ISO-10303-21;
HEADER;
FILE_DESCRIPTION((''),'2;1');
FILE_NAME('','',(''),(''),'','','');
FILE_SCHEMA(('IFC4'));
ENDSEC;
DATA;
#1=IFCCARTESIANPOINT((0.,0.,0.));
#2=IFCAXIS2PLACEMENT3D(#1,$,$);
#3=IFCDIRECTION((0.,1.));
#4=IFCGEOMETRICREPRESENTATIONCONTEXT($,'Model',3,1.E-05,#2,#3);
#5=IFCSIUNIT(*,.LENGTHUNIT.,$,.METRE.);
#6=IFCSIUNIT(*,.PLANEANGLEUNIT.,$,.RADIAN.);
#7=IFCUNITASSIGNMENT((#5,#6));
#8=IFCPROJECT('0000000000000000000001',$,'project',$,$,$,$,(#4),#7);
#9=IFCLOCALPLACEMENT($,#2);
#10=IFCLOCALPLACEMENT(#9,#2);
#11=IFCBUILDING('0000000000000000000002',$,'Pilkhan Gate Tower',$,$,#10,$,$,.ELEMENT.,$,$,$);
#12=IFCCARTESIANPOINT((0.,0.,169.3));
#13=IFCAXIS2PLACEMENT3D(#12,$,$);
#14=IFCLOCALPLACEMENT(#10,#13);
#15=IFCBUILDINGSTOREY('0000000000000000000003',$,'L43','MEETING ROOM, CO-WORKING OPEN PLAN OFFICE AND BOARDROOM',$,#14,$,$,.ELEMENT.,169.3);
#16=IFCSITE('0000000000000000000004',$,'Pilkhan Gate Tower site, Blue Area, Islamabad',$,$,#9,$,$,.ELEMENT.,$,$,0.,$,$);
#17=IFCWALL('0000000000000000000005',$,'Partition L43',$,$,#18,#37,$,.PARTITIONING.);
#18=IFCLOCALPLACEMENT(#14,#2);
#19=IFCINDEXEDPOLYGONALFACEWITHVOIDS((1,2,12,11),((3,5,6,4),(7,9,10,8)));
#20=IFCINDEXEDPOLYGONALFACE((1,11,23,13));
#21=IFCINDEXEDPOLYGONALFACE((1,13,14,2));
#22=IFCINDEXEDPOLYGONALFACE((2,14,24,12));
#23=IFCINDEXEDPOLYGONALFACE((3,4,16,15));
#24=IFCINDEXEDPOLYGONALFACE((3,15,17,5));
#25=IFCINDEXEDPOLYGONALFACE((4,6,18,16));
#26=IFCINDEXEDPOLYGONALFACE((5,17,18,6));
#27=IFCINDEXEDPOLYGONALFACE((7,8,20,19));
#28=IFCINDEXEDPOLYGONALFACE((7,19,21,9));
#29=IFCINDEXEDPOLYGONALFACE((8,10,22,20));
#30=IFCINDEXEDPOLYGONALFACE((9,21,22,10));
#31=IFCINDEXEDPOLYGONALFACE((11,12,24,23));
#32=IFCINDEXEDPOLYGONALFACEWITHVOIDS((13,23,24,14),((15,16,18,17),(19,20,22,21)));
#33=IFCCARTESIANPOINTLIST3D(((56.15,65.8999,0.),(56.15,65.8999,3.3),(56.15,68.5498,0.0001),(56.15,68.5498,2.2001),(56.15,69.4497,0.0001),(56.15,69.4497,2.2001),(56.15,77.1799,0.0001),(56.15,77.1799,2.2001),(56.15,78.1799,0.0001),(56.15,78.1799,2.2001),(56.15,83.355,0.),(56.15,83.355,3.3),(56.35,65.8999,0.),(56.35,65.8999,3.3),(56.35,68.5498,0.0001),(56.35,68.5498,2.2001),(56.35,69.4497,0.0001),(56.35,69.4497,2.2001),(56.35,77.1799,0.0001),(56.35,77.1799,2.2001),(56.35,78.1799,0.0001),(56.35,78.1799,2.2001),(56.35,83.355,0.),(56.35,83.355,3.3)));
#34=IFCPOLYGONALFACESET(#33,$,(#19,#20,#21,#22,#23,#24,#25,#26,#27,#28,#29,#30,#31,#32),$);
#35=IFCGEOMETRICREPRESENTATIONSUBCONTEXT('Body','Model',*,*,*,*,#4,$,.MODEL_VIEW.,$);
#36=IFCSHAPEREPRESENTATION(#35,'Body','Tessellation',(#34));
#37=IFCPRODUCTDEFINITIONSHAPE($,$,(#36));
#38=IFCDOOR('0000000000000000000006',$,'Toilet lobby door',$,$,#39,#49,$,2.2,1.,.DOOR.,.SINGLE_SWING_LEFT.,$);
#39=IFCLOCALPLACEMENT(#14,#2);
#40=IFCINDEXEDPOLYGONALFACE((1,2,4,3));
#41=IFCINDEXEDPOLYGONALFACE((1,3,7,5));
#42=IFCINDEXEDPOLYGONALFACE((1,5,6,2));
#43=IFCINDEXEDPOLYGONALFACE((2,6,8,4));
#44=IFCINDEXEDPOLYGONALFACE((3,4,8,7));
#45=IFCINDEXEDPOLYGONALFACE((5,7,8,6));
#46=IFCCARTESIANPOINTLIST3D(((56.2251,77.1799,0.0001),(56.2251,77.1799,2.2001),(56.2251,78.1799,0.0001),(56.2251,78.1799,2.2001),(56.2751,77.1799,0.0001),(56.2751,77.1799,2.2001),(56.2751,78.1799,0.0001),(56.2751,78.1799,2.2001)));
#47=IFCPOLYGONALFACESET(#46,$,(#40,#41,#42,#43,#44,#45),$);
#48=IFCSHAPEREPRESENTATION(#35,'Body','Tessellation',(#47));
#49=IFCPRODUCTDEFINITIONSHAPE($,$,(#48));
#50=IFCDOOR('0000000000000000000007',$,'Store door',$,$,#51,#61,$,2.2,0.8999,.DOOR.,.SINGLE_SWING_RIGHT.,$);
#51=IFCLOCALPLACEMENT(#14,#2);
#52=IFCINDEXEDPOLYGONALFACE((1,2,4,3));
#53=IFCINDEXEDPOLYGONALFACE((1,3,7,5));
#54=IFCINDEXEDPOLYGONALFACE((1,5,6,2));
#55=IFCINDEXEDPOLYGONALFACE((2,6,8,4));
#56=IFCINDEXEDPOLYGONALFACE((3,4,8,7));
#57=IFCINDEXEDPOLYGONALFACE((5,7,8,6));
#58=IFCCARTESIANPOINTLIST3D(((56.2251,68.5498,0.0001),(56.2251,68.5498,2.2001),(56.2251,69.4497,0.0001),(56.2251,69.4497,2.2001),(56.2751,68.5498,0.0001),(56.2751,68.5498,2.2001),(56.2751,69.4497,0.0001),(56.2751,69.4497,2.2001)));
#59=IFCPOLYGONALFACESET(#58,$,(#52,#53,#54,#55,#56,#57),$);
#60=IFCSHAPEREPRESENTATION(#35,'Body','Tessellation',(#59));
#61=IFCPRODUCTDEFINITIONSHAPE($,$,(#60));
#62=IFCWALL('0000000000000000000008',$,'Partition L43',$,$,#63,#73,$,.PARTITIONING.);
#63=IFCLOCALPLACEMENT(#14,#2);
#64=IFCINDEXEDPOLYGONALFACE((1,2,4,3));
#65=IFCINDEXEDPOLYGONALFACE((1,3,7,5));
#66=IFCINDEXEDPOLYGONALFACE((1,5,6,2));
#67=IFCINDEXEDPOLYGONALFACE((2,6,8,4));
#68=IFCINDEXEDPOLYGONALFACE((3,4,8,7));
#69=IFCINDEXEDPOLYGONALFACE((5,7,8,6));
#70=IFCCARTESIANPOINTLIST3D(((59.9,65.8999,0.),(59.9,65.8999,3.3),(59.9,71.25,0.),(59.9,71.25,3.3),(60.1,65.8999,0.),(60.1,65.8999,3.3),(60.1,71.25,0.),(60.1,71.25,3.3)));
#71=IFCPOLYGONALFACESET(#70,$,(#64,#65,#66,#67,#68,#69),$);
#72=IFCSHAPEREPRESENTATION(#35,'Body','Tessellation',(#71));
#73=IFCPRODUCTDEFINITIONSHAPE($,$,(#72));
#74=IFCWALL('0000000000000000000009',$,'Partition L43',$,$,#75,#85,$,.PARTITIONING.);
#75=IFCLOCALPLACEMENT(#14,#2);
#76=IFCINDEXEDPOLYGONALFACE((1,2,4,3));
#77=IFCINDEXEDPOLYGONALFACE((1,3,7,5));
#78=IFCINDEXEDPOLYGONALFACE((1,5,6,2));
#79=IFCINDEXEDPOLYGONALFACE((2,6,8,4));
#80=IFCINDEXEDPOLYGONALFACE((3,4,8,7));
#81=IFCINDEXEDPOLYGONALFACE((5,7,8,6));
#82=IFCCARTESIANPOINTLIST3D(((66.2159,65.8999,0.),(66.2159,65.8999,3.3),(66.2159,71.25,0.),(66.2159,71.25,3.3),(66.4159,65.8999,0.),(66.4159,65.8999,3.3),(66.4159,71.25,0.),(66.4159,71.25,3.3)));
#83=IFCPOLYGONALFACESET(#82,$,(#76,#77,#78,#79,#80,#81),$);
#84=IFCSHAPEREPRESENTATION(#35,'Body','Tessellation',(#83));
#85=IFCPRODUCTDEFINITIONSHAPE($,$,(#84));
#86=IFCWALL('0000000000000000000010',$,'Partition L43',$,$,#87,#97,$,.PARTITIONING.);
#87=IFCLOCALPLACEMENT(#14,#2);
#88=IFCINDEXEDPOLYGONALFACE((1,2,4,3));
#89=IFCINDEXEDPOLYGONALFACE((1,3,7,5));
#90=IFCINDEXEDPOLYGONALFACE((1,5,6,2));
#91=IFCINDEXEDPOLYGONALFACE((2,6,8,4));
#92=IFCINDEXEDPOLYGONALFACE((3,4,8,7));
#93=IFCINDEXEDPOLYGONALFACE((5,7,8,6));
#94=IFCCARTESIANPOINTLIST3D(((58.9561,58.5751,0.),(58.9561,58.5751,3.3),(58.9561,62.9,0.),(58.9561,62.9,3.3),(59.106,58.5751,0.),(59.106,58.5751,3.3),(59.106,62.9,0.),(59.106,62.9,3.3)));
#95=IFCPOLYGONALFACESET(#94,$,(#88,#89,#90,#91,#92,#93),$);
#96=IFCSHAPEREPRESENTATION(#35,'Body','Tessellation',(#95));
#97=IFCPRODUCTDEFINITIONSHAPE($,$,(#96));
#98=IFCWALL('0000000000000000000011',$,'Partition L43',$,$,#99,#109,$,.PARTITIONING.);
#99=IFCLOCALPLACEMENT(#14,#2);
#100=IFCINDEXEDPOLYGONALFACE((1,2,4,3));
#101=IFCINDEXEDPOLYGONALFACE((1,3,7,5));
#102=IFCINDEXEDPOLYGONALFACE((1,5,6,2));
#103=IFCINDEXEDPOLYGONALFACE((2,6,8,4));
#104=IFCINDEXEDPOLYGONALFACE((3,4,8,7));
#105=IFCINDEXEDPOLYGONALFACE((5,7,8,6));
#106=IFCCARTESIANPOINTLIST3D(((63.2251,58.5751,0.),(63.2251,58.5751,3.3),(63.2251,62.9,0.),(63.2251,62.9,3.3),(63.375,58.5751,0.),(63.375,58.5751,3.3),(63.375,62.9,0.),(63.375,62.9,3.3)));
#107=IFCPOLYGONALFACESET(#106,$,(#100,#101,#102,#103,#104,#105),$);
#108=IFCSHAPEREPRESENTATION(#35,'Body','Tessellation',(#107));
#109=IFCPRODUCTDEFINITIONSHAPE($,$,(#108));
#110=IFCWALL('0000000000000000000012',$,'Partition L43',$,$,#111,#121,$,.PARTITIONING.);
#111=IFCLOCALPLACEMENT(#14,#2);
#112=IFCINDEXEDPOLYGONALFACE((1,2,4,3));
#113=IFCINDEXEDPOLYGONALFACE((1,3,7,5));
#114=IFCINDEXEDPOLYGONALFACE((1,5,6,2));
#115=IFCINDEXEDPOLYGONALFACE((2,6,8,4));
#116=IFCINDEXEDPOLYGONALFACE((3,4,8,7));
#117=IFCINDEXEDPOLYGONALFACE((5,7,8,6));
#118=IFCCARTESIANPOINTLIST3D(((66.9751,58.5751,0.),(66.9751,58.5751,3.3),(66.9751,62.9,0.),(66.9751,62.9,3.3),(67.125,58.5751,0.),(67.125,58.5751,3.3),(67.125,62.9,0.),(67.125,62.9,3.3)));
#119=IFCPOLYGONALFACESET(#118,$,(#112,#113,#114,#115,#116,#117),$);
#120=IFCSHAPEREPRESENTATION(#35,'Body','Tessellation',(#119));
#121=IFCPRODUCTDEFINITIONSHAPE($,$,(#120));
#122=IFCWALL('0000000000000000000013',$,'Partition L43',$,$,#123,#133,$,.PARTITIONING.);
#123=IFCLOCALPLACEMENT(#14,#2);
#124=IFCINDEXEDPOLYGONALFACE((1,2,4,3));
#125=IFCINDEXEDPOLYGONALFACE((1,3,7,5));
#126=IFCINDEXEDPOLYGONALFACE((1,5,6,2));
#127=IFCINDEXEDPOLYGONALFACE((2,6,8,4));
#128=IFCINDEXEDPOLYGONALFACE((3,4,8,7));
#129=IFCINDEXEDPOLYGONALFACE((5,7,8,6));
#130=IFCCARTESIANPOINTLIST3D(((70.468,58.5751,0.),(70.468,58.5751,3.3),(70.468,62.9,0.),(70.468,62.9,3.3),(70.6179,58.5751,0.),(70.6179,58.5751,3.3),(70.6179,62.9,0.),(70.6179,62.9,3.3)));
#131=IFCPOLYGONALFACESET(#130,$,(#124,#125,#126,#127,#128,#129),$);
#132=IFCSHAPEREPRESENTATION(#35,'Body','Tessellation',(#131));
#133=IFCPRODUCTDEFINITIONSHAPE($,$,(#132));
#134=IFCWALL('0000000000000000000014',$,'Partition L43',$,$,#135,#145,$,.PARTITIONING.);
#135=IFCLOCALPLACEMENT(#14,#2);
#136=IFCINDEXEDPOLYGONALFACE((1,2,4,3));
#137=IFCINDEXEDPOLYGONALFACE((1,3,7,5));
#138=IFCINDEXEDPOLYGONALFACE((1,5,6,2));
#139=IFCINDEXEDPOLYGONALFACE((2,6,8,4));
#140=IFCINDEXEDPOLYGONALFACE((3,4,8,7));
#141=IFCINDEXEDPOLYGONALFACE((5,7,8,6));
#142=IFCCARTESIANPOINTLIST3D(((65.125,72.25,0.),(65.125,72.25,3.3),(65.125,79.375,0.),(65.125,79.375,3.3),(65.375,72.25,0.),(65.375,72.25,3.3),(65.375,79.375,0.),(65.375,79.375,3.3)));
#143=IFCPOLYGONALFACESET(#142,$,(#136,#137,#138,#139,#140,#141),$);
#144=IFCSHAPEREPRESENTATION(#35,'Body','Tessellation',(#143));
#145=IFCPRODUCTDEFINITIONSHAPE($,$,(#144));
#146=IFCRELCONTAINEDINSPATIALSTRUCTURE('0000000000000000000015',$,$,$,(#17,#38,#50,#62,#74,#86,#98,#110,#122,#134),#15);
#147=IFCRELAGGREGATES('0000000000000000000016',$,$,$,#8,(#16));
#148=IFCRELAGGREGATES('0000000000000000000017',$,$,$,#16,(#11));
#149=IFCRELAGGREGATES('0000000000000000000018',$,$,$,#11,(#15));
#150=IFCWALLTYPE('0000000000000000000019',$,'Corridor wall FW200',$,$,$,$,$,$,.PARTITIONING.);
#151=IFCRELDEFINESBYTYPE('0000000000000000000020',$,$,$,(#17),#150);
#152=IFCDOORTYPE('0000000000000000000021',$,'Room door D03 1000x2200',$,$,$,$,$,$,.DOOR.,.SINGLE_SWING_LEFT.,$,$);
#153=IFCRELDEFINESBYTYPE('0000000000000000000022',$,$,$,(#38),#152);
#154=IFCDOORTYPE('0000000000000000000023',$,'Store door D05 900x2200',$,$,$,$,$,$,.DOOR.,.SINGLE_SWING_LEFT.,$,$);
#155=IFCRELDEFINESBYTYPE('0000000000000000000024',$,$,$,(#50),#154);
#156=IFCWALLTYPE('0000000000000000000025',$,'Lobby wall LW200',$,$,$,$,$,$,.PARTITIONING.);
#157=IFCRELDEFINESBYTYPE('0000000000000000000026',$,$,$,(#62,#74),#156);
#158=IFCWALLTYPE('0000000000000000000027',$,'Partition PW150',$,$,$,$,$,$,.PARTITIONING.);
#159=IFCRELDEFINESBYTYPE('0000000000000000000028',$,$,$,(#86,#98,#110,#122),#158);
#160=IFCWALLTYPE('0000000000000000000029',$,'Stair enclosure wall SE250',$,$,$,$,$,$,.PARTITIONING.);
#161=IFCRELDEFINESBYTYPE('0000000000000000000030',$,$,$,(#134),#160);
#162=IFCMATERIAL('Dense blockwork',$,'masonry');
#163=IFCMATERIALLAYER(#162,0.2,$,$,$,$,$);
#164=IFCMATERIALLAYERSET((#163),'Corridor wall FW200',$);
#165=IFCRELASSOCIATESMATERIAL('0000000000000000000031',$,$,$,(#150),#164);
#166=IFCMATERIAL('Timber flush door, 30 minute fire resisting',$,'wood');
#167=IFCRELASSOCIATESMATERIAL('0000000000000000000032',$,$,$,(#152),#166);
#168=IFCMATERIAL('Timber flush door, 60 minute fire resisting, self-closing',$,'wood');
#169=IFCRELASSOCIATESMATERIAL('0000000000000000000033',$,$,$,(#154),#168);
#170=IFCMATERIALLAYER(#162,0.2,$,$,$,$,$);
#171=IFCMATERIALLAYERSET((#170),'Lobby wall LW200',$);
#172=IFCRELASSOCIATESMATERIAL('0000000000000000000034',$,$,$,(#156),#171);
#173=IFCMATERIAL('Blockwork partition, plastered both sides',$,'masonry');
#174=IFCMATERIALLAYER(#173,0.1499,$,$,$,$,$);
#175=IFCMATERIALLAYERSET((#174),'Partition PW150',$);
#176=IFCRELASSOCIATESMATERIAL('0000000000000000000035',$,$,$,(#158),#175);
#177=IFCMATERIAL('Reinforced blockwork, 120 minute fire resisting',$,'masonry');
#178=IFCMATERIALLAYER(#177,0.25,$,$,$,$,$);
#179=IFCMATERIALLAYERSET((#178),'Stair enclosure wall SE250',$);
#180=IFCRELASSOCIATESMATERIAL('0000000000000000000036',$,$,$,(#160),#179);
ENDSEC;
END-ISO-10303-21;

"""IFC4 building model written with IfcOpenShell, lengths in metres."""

from ifc_helpers import new_model, si_unit, direction, frame, frame_2d, origin, place, context, subcontext, project, spatial, rectangle, extrude, material, layer, layer_set, type_object, element, fill, save


model = new_model("IFC4")

# Units and contexts
model_context = context("Model", 3, precision=1e-05, world=origin(), true_north=direction((0.0, 1.0)))
body_context = subcontext(model_context, "Body", "Model", "MODEL_VIEW")
ifc_project = project(units=[si_unit("LENGTHUNIT", "METRE"), si_unit("PLANEANGLEUNIT", "RADIAN")], contexts=[model_context])

# Site, building, storey
site_placement = place(None, origin())
site = spatial("IfcSite", under=ifc_project, at=site_placement, Name="Pilkhan Gate Tower site, Blue Area, Islamabad", CompositionType="ELEMENT", RefElevation=0.0)
building_placement = place(site_placement, origin())
building = spatial("IfcBuilding", under=site, at=building_placement, Name="Pilkhan Gate Tower", CompositionType="ELEMENT")
storey_placement = place(building_placement, frame((0.0, 0.0, 169.3)))
storey = spatial("IfcBuildingStorey", under=building, at=storey_placement, Name="L43", Description="MEETING ROOM, CO-WORKING OPEN PLAN OFFICE AND BOARDROOM", CompositionType="ELEMENT", Elevation=169.3)

# Wall, openings, doors
ifc_material_1 = material(Name="Dense blockwork", Category="masonry")
ifc_layer_1 = layer(ifc_material_1, 0.2)
ifc_layer_set_1 = layer_set([ifc_layer_1], Name="Corridor wall FW200")
wall_type_1 = type_object("IfcWallType", Name="Corridor wall FW200", PredefinedType="PARTITIONING", material=ifc_layer_set_1)
ifc_material_2 = material(Name="Timber flush door, 30 minute fire resisting", Category="wood")
door_type_1 = type_object("IfcDoorType", Name="Room door D03 1000x2200", OperationType="SINGLE_SWING_LEFT", PredefinedType="DOOR", material=ifc_material_2)
wall_1_placement = place(storey_placement, frame((56.25, 65.8999, 0.0), z_axis=(0.0, 0.0, 1.0), x_axis=(0.0, 1.0, 0.0)))
wall_1 = element("IfcWall", 1, at=wall_1_placement, inside=storey, type_object=wall_type_1, Name="Partition L43", PredefinedType="PARTITIONING", context=body_context, shape_type="SweptSolid", body=[
    extrude(rectangle(XDim=17.4551, YDim=0.2, at=frame_2d((8.7275, 0.0))), origin(), (0.0, 0.0, 1.0), 3.3),
])
opening_1_placement = place(wall_1_placement, frame((11.28, 0.0, 0.0)))
opening_1 = element("IfcOpeningElement", 2, at=opening_1_placement, cuts=wall_1, PredefinedType="OPENING", context=body_context, shape_type="SweptSolid", body=[
    extrude(rectangle(XDim=1.0, YDim=2.2, at=frame_2d((0.5, 1.1001))), frame((0.0, 0.1099, 0.0), z_axis=(0.0, -1.0, 0.0), x_axis=(1.0, 0.0, 0.0)), (0.0, 0.0, 1.0), 0.22),
])
opening_2_placement = place(wall_1_placement, frame((2.6499, 0.0, 0.0)))
opening_2 = element("IfcOpeningElement", 3, at=opening_2_placement, cuts=wall_1, PredefinedType="OPENING", context=body_context, shape_type="SweptSolid", body=[
    extrude(rectangle(XDim=0.8999, YDim=2.2, at=frame_2d((0.45, 1.1001))), frame((0.0, 0.1099, 0.0), z_axis=(0.0, -1.0, 0.0), x_axis=(1.0, 0.0, 0.0)), (0.0, 0.0, 1.0), 0.22),
])
door_1_placement = place(opening_1_placement, origin())
door_1 = element("IfcDoor", 4, at=door_1_placement, inside=storey, type_object=door_type_1, Name="Toilet lobby door", OperationType="SINGLE_SWING_LEFT", OverallHeight=2.2, OverallWidth=1.0, PredefinedType="DOOR", context=body_context, shape_type="SweptSolid", body=[
    extrude(rectangle(XDim=1.0, YDim=2.2, at=frame_2d((0.5, 1.1001))), frame((0.0, 0.0249, 0.0), z_axis=(0.0, -1.0, 0.0), x_axis=(1.0, 0.0, 0.0)), (0.0, 0.0, 1.0), 0.05),
])
fill(opening_1, door_1)
ifc_material_3 = material(Name="Timber flush door, 60 minute fire resisting, self-closing", Category="wood")
door_type_2 = type_object("IfcDoorType", Name="Store door D05 900x2200", OperationType="SINGLE_SWING_LEFT", PredefinedType="DOOR", material=ifc_material_3)
door_2_placement = place(opening_2_placement, origin())
door_2 = element("IfcDoor", 5, at=door_2_placement, inside=storey, type_object=door_type_2, Name="Store door", OperationType="SINGLE_SWING_RIGHT", OverallHeight=2.2, OverallWidth=0.8999, PredefinedType="DOOR", context=body_context, shape_type="SweptSolid", body=[
    extrude(rectangle(XDim=0.8999, YDim=2.2, at=frame_2d((0.45, 1.1001))), frame((0.0, 0.0249, 0.0), z_axis=(0.0, -1.0, 0.0), x_axis=(1.0, 0.0, 0.0)), (0.0, 0.0, 1.0), 0.05),
])
fill(opening_2, door_2)

# Shared definitions
ifc_layer_2 = layer(ifc_material_1, 0.2)
ifc_layer_set_2 = layer_set([ifc_layer_2], Name="Lobby wall LW200")
wall_type_2 = type_object("IfcWallType", Name="Lobby wall LW200", PredefinedType="PARTITIONING", material=ifc_layer_set_2)

# Walls
for number, where, z_axis, x_axis, name in (
    (6, (60.0, 65.8999, 0.0), (0.0, 0.0, 1.0), (0.0, 1.0, 0.0), "Partition L43"),
    (7, (66.3159, 65.8999, 0.0), (0.0, 0.0, 1.0), (0.0, 1.0, 0.0), "Partition L43"),
):
    element("IfcWall", number, at=place(storey_placement, frame(where, z_axis=z_axis, x_axis=x_axis)), inside=storey, type_object=wall_type_2, Name=name, PredefinedType="PARTITIONING", context=body_context, shape_type="SweptSolid", body=[
        extrude(rectangle(XDim=5.3501, YDim=0.2, at=frame_2d((2.675, 0.0))), origin(), (0.0, 0.0, 1.0), 3.3),
    ])
ifc_material_4 = material(Name="Blockwork partition, plastered both sides", Category="masonry")
ifc_layer_3 = layer(ifc_material_4, 0.1499)
ifc_layer_set_3 = layer_set([ifc_layer_3], Name="Partition PW150")
wall_type_3 = type_object("IfcWallType", Name="Partition PW150", PredefinedType="PARTITIONING", material=ifc_layer_set_3)
for number, where, z_axis, x_axis, name in (
    (8, (59.031, 58.575, 0.0), (0.0, 0.0, 1.0), (0.0, 1.0, 0.0), "Partition L43"),
    (9, (63.3, 58.575, 0.0), (0.0, 0.0, 1.0), (0.0, 1.0, 0.0), "Partition L43"),
    (10, (67.05, 58.575, 0.0), (0.0, 0.0, 1.0), (0.0, 1.0, 0.0), "Partition L43"),
    (11, (70.543, 58.575, 0.0), (0.0, 0.0, 1.0), (0.0, 1.0, 0.0), "Partition L43"),
):
    element("IfcWall", number, at=place(storey_placement, frame(where, z_axis=z_axis, x_axis=x_axis)), inside=storey, type_object=wall_type_3, Name=name, PredefinedType="PARTITIONING", context=body_context, shape_type="SweptSolid", body=[
        extrude(rectangle(XDim=4.325, YDim=0.1499, at=frame_2d((2.1626, 0.0))), origin(), (0.0, 0.0, 1.0), 3.3),
    ])
ifc_material_5 = material(Name="Reinforced blockwork, 120 minute fire resisting", Category="masonry")
ifc_layer_4 = layer(ifc_material_5, 0.25)
ifc_layer_set_4 = layer_set([ifc_layer_4], Name="Stair enclosure wall SE250")
wall_type_4 = type_object("IfcWallType", Name="Stair enclosure wall SE250", PredefinedType="PARTITIONING", material=ifc_layer_set_4)
wall_2_placement = place(storey_placement, frame((65.25, 72.25, 0.0), z_axis=(0.0, 0.0, 1.0), x_axis=(0.0, 1.0, 0.0)))
element("IfcWall", 12, at=wall_2_placement, inside=storey, type_object=wall_type_4, Name="Partition L43", PredefinedType="PARTITIONING", context=body_context, shape_type="SweptSolid", body=[
    extrude(rectangle(XDim=7.125, YDim=0.25, at=frame_2d((3.5625, 0.0))), origin(), (0.0, 0.0, 1.0), 3.3),
])

save(model, "model.ifc")
